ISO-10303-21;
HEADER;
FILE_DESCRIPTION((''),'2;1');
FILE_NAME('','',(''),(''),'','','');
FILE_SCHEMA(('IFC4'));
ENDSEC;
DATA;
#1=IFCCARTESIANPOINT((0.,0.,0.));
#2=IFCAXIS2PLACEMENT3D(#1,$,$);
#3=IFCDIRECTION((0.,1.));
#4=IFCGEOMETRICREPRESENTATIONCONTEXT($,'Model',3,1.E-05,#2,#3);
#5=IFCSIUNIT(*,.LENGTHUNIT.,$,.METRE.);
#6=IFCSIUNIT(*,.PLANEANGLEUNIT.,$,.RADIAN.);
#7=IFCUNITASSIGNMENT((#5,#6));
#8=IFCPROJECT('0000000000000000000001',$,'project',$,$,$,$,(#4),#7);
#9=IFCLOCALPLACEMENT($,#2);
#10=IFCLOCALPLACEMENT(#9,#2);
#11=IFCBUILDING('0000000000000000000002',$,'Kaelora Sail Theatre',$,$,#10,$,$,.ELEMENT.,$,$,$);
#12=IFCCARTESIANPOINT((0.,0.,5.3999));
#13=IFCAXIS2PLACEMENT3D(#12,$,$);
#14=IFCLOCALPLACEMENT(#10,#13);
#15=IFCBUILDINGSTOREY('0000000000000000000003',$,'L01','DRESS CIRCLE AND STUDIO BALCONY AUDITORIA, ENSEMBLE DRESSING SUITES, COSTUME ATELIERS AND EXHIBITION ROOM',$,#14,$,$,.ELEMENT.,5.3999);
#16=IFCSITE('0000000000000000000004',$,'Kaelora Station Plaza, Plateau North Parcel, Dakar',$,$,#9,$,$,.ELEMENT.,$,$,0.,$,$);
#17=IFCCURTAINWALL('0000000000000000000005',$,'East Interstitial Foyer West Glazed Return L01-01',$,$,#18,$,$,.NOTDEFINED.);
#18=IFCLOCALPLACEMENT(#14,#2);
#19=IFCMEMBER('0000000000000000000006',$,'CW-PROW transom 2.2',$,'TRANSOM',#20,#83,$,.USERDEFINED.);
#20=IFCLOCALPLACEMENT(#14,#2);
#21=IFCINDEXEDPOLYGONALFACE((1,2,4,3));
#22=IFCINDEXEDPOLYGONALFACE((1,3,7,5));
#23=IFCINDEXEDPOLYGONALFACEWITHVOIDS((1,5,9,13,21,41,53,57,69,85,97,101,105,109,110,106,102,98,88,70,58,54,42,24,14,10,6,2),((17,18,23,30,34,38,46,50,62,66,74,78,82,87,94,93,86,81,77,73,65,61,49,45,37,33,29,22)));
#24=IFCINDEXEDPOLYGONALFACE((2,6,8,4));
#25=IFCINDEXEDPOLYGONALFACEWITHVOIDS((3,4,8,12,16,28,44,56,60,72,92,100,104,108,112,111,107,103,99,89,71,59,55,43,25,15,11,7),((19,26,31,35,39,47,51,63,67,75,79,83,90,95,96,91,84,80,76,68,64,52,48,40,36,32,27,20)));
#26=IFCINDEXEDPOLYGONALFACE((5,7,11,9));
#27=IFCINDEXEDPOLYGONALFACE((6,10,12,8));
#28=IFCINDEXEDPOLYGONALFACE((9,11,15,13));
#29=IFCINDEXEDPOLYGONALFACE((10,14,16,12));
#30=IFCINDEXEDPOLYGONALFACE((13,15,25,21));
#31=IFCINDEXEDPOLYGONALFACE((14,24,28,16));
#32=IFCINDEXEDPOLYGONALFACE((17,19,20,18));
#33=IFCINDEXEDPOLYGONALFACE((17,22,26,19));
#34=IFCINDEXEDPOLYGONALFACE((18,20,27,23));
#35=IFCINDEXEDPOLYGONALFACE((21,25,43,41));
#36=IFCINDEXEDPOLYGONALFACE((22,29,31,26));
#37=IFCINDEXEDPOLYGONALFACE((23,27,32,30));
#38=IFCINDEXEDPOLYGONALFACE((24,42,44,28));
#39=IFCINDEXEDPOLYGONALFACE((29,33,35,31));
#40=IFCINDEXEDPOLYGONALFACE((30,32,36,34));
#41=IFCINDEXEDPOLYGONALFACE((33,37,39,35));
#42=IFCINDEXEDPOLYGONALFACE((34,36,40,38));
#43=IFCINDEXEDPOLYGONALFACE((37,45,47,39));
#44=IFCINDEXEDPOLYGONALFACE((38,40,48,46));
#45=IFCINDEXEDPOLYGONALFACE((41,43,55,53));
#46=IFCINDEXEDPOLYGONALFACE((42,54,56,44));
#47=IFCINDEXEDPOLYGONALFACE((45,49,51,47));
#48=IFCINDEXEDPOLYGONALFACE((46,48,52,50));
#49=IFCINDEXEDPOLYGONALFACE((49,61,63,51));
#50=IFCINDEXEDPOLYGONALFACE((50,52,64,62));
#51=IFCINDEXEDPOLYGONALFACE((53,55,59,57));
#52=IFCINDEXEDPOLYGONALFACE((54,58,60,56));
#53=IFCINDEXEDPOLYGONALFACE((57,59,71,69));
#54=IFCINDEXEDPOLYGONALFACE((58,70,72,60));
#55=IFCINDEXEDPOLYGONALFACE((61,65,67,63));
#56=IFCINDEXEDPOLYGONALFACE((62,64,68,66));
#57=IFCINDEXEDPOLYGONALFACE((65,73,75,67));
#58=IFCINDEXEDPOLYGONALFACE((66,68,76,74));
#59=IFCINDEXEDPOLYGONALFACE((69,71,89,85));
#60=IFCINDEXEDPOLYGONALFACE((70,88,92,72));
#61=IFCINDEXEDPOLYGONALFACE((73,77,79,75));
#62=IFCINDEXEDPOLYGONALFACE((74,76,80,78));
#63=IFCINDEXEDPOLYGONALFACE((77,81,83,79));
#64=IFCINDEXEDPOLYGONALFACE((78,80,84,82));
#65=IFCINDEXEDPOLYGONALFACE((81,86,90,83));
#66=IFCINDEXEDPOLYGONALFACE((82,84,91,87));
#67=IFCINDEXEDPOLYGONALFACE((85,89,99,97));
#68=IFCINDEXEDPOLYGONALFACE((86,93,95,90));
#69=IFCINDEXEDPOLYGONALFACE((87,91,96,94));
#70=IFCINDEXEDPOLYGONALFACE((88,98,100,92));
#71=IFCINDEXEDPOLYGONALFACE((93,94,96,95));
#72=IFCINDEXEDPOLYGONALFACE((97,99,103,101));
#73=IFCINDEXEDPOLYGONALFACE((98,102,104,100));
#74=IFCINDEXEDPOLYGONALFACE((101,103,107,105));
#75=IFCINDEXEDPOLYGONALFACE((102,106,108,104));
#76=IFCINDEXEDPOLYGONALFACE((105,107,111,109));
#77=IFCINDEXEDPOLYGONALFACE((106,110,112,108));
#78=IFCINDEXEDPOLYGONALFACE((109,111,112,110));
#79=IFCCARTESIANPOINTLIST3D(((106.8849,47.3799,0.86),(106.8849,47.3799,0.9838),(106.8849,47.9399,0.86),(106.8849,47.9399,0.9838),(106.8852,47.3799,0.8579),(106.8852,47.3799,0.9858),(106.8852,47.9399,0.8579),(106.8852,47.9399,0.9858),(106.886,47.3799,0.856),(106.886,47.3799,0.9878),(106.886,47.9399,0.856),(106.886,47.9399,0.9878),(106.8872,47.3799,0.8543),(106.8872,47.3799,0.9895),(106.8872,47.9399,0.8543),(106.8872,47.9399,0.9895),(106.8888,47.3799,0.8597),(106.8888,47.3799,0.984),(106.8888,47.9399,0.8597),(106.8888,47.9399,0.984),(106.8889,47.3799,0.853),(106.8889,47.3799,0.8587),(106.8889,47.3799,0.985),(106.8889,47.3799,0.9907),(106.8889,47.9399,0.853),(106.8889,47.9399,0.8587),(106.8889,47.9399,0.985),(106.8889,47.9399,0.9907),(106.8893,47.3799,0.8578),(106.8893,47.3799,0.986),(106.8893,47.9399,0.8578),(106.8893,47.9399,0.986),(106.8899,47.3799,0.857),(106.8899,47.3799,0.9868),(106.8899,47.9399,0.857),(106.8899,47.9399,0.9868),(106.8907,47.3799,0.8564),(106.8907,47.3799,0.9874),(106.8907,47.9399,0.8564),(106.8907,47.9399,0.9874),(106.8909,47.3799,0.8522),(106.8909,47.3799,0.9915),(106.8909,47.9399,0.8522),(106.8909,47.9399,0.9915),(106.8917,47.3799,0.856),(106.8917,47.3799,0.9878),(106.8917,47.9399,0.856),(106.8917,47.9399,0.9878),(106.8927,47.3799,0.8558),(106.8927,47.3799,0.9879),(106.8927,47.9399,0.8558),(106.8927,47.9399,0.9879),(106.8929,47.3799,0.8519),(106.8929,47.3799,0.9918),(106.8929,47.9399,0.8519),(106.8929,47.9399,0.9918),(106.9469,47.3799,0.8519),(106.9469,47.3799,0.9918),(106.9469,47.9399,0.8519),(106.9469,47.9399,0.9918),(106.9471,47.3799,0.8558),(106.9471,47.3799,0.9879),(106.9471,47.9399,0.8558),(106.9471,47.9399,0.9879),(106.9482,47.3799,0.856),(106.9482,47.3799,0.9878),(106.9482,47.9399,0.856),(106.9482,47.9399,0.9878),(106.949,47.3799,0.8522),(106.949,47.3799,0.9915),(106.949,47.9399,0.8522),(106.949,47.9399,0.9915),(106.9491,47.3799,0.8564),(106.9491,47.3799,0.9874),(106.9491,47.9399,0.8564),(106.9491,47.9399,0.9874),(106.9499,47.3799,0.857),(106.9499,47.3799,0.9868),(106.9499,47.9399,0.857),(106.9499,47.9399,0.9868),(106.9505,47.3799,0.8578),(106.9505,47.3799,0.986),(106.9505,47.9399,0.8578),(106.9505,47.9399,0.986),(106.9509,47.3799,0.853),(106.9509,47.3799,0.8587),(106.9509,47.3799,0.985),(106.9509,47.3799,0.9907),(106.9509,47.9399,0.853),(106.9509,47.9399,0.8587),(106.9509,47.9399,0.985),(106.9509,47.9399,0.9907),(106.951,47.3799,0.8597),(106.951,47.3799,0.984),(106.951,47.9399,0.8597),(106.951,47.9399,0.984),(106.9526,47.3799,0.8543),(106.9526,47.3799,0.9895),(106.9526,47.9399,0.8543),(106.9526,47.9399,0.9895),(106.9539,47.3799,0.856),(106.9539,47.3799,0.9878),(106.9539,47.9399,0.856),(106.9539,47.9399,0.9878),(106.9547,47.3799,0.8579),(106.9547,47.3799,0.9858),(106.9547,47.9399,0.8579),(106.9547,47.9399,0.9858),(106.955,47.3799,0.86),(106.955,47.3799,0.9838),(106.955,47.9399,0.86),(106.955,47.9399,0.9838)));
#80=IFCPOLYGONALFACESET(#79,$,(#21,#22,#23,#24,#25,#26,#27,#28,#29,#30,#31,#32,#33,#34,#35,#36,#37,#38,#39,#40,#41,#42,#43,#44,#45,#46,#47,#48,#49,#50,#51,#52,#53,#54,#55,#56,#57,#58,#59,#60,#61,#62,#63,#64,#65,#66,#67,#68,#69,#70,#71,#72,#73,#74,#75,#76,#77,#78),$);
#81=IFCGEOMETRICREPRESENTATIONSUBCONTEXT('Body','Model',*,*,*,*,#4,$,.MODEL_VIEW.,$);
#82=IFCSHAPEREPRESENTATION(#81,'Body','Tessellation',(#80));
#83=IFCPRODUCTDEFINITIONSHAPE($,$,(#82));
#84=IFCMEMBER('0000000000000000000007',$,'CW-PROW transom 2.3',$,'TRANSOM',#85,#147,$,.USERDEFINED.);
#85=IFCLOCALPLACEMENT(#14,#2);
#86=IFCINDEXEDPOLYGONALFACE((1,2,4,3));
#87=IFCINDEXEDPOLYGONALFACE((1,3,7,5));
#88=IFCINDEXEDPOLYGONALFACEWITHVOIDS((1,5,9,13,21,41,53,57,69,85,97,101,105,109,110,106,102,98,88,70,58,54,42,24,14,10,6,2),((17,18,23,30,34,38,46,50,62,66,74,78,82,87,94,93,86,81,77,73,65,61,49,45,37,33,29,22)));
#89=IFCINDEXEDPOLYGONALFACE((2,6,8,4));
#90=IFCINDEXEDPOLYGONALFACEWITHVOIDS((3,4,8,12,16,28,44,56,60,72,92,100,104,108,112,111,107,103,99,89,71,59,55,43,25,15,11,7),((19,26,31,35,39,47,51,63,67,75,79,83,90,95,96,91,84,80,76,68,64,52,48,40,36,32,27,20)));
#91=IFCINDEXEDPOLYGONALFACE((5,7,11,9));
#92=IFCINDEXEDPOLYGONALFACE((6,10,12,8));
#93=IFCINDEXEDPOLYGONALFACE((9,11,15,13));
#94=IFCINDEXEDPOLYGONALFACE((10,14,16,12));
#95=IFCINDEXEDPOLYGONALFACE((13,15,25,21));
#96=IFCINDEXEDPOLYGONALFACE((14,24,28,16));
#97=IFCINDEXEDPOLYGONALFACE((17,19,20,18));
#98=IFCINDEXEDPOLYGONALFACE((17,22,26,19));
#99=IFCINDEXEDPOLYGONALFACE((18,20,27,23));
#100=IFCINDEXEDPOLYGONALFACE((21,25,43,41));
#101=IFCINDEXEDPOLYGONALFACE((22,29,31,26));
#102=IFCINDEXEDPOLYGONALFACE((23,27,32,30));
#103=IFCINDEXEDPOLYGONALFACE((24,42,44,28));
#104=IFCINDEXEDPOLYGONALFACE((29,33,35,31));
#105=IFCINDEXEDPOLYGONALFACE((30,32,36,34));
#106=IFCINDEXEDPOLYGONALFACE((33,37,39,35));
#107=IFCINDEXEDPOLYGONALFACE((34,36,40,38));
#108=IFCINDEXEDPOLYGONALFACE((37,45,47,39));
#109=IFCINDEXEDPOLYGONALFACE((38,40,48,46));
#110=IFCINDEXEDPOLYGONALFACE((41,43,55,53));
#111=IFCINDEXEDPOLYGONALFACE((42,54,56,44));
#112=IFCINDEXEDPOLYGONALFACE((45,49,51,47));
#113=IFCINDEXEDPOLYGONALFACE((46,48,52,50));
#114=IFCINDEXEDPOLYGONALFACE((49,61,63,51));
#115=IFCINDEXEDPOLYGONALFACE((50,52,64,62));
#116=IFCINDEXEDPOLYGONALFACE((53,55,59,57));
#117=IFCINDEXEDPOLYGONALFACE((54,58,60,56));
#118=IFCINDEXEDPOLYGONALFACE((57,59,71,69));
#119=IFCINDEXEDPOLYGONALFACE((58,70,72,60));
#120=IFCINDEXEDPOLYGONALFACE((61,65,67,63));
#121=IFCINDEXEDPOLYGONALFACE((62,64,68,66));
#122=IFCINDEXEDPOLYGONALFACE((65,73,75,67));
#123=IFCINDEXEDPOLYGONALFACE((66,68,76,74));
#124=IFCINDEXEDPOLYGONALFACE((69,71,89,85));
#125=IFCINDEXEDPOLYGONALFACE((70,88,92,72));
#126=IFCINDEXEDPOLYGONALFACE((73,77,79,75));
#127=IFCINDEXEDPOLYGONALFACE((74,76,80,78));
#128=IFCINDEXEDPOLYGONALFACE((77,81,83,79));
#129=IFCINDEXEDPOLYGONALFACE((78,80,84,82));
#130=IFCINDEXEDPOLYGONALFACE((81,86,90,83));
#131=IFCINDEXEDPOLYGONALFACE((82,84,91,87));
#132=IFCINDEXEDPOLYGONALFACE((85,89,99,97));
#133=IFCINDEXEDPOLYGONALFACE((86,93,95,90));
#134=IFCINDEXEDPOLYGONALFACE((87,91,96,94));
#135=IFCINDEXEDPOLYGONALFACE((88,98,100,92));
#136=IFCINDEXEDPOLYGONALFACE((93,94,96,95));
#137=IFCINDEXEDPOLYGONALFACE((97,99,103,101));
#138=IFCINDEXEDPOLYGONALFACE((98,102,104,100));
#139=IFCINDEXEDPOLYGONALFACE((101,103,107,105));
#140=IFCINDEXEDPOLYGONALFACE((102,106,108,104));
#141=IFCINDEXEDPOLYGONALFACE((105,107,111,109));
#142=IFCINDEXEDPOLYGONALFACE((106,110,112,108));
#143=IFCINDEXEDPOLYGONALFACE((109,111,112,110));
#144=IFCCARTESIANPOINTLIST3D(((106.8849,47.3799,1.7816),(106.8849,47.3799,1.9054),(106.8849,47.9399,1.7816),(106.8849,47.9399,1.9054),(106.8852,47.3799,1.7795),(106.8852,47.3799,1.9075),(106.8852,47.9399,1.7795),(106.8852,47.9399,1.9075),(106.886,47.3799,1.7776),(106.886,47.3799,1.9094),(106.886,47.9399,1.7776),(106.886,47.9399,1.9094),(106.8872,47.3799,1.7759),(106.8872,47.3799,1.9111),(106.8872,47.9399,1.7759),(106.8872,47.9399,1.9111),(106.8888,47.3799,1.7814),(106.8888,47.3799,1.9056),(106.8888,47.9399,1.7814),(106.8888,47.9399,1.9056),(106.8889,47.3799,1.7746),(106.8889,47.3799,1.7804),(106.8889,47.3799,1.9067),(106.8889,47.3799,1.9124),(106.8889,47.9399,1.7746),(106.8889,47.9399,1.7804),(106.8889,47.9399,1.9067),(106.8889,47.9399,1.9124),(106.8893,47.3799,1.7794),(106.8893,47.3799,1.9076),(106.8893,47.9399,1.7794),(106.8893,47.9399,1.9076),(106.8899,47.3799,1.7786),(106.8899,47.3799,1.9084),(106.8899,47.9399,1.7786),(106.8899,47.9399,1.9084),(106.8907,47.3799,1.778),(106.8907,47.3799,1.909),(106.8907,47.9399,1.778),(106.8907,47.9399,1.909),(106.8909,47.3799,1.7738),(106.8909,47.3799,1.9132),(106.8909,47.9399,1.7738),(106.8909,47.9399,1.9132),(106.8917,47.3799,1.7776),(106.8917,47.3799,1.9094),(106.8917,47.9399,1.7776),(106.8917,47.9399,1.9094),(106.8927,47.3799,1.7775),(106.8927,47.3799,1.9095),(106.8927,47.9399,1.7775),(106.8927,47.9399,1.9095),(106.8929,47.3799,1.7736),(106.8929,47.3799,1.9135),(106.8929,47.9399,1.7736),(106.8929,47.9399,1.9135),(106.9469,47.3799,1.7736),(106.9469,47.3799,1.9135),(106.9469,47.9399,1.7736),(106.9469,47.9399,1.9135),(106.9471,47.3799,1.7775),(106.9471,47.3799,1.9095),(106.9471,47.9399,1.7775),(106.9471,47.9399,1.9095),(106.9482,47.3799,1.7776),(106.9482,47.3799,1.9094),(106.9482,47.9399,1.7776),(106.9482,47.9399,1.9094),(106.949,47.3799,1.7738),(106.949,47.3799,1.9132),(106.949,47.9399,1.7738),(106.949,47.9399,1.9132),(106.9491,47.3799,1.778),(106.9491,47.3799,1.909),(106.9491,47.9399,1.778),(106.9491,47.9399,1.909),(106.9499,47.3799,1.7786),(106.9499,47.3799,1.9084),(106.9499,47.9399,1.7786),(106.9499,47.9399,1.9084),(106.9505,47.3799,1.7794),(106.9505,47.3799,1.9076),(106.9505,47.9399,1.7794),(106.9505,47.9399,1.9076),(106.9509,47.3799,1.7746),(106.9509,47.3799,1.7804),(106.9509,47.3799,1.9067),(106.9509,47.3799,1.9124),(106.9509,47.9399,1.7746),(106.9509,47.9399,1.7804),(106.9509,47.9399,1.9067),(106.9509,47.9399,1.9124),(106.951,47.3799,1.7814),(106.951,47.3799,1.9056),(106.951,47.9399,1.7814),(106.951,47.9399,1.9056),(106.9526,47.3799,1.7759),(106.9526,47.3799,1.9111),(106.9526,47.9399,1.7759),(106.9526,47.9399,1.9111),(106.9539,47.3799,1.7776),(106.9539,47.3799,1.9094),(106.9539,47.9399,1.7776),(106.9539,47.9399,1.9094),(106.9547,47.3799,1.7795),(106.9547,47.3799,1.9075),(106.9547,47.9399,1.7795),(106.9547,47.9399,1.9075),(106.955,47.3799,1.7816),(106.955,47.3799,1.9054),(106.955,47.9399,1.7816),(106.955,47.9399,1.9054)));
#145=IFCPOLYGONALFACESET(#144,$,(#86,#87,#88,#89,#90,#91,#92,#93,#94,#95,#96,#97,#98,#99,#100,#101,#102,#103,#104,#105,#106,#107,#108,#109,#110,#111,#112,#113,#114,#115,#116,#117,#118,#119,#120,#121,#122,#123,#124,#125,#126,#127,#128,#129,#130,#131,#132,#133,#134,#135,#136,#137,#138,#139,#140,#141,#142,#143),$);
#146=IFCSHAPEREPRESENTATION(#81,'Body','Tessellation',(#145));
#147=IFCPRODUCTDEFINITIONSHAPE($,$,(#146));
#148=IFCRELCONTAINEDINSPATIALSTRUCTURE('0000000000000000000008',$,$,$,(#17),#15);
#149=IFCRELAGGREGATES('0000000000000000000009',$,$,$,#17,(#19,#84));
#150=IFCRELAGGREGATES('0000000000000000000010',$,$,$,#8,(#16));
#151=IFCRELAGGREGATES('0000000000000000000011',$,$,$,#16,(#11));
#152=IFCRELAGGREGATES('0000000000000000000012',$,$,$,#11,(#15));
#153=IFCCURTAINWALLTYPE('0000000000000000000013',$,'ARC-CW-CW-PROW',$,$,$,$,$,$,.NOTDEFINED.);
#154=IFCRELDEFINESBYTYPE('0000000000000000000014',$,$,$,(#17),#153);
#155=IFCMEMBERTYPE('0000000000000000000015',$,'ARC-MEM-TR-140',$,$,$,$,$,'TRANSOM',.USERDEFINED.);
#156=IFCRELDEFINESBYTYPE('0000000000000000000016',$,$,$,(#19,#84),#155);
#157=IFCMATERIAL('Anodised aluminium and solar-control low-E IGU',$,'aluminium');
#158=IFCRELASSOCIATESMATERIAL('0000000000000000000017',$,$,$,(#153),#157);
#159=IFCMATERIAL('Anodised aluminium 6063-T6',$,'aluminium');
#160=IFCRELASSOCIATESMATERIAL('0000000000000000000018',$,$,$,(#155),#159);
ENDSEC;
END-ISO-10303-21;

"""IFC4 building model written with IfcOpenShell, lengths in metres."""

from ifc_helpers import new_model, si_unit, direction, frame, origin, origin_2d, place, context, subcontext, project, spatial, hollow_rectangle, extrude, material, material_profile, profile_set, type_object, element, aggregate, save


model = new_model("IFC4")

# Units and contexts
model_context = context("Model", 3, precision=1e-05, world=origin(), true_north=direction((0.0, 1.0)))
body_context = subcontext(model_context, "Body", "Model", "MODEL_VIEW")
ifc_project = project(units=[si_unit("LENGTHUNIT", "METRE"), si_unit("PLANEANGLEUNIT", "RADIAN")], contexts=[model_context])

# Site, building, storey
site_placement = place(None, origin())
site = spatial("IfcSite", under=ifc_project, at=site_placement, Name="Kaelora Station Plaza, Plateau North Parcel, Dakar", CompositionType="ELEMENT", RefElevation=0.0)
building_placement = place(site_placement, origin())
building = spatial("IfcBuilding", under=site, at=building_placement, Name="Kaelora Sail Theatre", CompositionType="ELEMENT")
storey_placement = place(building_placement, frame((0.0, 0.0, 5.3999)))
storey = spatial("IfcBuildingStorey", under=building, at=storey_placement, Name="L01", Description="DRESS CIRCLE AND STUDIO BALCONY AUDITORIA, ENSEMBLE DRESSING SUITES, COSTUME ATELIERS AND EXHIBITION ROOM", CompositionType="ELEMENT", Elevation=5.3999)

# Shared definitions
ifc_material_1 = material(Name="Anodised aluminium and solar-control low-E IGU", Category="aluminium")
curtain_wall_type = type_object("IfcCurtainWallType", Name="ARC-CW-CW-PROW", PredefinedType="NOTDEFINED", material=ifc_material_1)

# Curtain wall
curtain_wall_1_placement = place(storey_placement, origin())
curtain_wall_1 = element("IfcCurtainWall", 1, at=curtain_wall_1_placement, inside=storey, type_object=curtain_wall_type, Name="East Interstitial Foyer West Glazed Return L01-01", PredefinedType="NOTDEFINED")

# Members
ifc_material_2 = material(Name="Anodised aluminium 6063-T6", Category="aluminium")
ifc_material_profile_1 = material_profile(ifc_material_2, hollow_rectangle(XDim=0.0701, YDim=0.1399, WallThickness=0.0039, InnerFilletRadius=0.0039, OuterFilletRadius=0.0081, at=origin_2d()), Name="ALU-TRAN 70x140x4")
ifc_profile_set_1 = profile_set([ifc_material_profile_1], Name="Anodised aluminium 6063-T6")
member_type_1 = type_object("IfcMemberType", Name="ARC-MEM-TR-140", ElementType="TRANSOM", PredefinedType="USERDEFINED", material=ifc_profile_set_1)
member_1_placement = place(storey_placement, frame((106.9199, 47.3799, 0.9219), z_axis=(0.0, 1.0, 0.0), x_axis=(-1.0, 0.0, 0.0)))
member_1 = element("IfcMember", 2, at=member_1_placement, type_object=member_type_1, Name="CW-PROW transom 2.2", ObjectType="TRANSOM", PredefinedType="USERDEFINED", context=body_context, shape_type="SweptSolid", body=[
    extrude(hollow_rectangle(XDim=0.0701, YDim=0.1399, WallThickness=0.0039, InnerFilletRadius=0.0039, OuterFilletRadius=0.0081, at=origin_2d()), origin(), (0.0, 0.0, 1.0), 0.5601),
])
member_2_placement = place(storey_placement, frame((106.9199, 47.3799, 1.8435), z_axis=(0.0, 1.0, 0.0), x_axis=(-1.0, 0.0, 0.0)))
member_2 = element("IfcMember", 3, at=member_2_placement, type_object=member_type_1, Name="CW-PROW transom 2.3", ObjectType="TRANSOM", PredefinedType="USERDEFINED", context=body_context, shape_type="SweptSolid", body=[
    extrude(hollow_rectangle(XDim=0.0701, YDim=0.1399, WallThickness=0.0039, InnerFilletRadius=0.0039, OuterFilletRadius=0.0081, at=origin_2d()), origin(), (0.0, 0.0, 1.0), 0.5601),
])

aggregate(curtain_wall_1, [member_1, member_2])

save(model, "model.ifc")
